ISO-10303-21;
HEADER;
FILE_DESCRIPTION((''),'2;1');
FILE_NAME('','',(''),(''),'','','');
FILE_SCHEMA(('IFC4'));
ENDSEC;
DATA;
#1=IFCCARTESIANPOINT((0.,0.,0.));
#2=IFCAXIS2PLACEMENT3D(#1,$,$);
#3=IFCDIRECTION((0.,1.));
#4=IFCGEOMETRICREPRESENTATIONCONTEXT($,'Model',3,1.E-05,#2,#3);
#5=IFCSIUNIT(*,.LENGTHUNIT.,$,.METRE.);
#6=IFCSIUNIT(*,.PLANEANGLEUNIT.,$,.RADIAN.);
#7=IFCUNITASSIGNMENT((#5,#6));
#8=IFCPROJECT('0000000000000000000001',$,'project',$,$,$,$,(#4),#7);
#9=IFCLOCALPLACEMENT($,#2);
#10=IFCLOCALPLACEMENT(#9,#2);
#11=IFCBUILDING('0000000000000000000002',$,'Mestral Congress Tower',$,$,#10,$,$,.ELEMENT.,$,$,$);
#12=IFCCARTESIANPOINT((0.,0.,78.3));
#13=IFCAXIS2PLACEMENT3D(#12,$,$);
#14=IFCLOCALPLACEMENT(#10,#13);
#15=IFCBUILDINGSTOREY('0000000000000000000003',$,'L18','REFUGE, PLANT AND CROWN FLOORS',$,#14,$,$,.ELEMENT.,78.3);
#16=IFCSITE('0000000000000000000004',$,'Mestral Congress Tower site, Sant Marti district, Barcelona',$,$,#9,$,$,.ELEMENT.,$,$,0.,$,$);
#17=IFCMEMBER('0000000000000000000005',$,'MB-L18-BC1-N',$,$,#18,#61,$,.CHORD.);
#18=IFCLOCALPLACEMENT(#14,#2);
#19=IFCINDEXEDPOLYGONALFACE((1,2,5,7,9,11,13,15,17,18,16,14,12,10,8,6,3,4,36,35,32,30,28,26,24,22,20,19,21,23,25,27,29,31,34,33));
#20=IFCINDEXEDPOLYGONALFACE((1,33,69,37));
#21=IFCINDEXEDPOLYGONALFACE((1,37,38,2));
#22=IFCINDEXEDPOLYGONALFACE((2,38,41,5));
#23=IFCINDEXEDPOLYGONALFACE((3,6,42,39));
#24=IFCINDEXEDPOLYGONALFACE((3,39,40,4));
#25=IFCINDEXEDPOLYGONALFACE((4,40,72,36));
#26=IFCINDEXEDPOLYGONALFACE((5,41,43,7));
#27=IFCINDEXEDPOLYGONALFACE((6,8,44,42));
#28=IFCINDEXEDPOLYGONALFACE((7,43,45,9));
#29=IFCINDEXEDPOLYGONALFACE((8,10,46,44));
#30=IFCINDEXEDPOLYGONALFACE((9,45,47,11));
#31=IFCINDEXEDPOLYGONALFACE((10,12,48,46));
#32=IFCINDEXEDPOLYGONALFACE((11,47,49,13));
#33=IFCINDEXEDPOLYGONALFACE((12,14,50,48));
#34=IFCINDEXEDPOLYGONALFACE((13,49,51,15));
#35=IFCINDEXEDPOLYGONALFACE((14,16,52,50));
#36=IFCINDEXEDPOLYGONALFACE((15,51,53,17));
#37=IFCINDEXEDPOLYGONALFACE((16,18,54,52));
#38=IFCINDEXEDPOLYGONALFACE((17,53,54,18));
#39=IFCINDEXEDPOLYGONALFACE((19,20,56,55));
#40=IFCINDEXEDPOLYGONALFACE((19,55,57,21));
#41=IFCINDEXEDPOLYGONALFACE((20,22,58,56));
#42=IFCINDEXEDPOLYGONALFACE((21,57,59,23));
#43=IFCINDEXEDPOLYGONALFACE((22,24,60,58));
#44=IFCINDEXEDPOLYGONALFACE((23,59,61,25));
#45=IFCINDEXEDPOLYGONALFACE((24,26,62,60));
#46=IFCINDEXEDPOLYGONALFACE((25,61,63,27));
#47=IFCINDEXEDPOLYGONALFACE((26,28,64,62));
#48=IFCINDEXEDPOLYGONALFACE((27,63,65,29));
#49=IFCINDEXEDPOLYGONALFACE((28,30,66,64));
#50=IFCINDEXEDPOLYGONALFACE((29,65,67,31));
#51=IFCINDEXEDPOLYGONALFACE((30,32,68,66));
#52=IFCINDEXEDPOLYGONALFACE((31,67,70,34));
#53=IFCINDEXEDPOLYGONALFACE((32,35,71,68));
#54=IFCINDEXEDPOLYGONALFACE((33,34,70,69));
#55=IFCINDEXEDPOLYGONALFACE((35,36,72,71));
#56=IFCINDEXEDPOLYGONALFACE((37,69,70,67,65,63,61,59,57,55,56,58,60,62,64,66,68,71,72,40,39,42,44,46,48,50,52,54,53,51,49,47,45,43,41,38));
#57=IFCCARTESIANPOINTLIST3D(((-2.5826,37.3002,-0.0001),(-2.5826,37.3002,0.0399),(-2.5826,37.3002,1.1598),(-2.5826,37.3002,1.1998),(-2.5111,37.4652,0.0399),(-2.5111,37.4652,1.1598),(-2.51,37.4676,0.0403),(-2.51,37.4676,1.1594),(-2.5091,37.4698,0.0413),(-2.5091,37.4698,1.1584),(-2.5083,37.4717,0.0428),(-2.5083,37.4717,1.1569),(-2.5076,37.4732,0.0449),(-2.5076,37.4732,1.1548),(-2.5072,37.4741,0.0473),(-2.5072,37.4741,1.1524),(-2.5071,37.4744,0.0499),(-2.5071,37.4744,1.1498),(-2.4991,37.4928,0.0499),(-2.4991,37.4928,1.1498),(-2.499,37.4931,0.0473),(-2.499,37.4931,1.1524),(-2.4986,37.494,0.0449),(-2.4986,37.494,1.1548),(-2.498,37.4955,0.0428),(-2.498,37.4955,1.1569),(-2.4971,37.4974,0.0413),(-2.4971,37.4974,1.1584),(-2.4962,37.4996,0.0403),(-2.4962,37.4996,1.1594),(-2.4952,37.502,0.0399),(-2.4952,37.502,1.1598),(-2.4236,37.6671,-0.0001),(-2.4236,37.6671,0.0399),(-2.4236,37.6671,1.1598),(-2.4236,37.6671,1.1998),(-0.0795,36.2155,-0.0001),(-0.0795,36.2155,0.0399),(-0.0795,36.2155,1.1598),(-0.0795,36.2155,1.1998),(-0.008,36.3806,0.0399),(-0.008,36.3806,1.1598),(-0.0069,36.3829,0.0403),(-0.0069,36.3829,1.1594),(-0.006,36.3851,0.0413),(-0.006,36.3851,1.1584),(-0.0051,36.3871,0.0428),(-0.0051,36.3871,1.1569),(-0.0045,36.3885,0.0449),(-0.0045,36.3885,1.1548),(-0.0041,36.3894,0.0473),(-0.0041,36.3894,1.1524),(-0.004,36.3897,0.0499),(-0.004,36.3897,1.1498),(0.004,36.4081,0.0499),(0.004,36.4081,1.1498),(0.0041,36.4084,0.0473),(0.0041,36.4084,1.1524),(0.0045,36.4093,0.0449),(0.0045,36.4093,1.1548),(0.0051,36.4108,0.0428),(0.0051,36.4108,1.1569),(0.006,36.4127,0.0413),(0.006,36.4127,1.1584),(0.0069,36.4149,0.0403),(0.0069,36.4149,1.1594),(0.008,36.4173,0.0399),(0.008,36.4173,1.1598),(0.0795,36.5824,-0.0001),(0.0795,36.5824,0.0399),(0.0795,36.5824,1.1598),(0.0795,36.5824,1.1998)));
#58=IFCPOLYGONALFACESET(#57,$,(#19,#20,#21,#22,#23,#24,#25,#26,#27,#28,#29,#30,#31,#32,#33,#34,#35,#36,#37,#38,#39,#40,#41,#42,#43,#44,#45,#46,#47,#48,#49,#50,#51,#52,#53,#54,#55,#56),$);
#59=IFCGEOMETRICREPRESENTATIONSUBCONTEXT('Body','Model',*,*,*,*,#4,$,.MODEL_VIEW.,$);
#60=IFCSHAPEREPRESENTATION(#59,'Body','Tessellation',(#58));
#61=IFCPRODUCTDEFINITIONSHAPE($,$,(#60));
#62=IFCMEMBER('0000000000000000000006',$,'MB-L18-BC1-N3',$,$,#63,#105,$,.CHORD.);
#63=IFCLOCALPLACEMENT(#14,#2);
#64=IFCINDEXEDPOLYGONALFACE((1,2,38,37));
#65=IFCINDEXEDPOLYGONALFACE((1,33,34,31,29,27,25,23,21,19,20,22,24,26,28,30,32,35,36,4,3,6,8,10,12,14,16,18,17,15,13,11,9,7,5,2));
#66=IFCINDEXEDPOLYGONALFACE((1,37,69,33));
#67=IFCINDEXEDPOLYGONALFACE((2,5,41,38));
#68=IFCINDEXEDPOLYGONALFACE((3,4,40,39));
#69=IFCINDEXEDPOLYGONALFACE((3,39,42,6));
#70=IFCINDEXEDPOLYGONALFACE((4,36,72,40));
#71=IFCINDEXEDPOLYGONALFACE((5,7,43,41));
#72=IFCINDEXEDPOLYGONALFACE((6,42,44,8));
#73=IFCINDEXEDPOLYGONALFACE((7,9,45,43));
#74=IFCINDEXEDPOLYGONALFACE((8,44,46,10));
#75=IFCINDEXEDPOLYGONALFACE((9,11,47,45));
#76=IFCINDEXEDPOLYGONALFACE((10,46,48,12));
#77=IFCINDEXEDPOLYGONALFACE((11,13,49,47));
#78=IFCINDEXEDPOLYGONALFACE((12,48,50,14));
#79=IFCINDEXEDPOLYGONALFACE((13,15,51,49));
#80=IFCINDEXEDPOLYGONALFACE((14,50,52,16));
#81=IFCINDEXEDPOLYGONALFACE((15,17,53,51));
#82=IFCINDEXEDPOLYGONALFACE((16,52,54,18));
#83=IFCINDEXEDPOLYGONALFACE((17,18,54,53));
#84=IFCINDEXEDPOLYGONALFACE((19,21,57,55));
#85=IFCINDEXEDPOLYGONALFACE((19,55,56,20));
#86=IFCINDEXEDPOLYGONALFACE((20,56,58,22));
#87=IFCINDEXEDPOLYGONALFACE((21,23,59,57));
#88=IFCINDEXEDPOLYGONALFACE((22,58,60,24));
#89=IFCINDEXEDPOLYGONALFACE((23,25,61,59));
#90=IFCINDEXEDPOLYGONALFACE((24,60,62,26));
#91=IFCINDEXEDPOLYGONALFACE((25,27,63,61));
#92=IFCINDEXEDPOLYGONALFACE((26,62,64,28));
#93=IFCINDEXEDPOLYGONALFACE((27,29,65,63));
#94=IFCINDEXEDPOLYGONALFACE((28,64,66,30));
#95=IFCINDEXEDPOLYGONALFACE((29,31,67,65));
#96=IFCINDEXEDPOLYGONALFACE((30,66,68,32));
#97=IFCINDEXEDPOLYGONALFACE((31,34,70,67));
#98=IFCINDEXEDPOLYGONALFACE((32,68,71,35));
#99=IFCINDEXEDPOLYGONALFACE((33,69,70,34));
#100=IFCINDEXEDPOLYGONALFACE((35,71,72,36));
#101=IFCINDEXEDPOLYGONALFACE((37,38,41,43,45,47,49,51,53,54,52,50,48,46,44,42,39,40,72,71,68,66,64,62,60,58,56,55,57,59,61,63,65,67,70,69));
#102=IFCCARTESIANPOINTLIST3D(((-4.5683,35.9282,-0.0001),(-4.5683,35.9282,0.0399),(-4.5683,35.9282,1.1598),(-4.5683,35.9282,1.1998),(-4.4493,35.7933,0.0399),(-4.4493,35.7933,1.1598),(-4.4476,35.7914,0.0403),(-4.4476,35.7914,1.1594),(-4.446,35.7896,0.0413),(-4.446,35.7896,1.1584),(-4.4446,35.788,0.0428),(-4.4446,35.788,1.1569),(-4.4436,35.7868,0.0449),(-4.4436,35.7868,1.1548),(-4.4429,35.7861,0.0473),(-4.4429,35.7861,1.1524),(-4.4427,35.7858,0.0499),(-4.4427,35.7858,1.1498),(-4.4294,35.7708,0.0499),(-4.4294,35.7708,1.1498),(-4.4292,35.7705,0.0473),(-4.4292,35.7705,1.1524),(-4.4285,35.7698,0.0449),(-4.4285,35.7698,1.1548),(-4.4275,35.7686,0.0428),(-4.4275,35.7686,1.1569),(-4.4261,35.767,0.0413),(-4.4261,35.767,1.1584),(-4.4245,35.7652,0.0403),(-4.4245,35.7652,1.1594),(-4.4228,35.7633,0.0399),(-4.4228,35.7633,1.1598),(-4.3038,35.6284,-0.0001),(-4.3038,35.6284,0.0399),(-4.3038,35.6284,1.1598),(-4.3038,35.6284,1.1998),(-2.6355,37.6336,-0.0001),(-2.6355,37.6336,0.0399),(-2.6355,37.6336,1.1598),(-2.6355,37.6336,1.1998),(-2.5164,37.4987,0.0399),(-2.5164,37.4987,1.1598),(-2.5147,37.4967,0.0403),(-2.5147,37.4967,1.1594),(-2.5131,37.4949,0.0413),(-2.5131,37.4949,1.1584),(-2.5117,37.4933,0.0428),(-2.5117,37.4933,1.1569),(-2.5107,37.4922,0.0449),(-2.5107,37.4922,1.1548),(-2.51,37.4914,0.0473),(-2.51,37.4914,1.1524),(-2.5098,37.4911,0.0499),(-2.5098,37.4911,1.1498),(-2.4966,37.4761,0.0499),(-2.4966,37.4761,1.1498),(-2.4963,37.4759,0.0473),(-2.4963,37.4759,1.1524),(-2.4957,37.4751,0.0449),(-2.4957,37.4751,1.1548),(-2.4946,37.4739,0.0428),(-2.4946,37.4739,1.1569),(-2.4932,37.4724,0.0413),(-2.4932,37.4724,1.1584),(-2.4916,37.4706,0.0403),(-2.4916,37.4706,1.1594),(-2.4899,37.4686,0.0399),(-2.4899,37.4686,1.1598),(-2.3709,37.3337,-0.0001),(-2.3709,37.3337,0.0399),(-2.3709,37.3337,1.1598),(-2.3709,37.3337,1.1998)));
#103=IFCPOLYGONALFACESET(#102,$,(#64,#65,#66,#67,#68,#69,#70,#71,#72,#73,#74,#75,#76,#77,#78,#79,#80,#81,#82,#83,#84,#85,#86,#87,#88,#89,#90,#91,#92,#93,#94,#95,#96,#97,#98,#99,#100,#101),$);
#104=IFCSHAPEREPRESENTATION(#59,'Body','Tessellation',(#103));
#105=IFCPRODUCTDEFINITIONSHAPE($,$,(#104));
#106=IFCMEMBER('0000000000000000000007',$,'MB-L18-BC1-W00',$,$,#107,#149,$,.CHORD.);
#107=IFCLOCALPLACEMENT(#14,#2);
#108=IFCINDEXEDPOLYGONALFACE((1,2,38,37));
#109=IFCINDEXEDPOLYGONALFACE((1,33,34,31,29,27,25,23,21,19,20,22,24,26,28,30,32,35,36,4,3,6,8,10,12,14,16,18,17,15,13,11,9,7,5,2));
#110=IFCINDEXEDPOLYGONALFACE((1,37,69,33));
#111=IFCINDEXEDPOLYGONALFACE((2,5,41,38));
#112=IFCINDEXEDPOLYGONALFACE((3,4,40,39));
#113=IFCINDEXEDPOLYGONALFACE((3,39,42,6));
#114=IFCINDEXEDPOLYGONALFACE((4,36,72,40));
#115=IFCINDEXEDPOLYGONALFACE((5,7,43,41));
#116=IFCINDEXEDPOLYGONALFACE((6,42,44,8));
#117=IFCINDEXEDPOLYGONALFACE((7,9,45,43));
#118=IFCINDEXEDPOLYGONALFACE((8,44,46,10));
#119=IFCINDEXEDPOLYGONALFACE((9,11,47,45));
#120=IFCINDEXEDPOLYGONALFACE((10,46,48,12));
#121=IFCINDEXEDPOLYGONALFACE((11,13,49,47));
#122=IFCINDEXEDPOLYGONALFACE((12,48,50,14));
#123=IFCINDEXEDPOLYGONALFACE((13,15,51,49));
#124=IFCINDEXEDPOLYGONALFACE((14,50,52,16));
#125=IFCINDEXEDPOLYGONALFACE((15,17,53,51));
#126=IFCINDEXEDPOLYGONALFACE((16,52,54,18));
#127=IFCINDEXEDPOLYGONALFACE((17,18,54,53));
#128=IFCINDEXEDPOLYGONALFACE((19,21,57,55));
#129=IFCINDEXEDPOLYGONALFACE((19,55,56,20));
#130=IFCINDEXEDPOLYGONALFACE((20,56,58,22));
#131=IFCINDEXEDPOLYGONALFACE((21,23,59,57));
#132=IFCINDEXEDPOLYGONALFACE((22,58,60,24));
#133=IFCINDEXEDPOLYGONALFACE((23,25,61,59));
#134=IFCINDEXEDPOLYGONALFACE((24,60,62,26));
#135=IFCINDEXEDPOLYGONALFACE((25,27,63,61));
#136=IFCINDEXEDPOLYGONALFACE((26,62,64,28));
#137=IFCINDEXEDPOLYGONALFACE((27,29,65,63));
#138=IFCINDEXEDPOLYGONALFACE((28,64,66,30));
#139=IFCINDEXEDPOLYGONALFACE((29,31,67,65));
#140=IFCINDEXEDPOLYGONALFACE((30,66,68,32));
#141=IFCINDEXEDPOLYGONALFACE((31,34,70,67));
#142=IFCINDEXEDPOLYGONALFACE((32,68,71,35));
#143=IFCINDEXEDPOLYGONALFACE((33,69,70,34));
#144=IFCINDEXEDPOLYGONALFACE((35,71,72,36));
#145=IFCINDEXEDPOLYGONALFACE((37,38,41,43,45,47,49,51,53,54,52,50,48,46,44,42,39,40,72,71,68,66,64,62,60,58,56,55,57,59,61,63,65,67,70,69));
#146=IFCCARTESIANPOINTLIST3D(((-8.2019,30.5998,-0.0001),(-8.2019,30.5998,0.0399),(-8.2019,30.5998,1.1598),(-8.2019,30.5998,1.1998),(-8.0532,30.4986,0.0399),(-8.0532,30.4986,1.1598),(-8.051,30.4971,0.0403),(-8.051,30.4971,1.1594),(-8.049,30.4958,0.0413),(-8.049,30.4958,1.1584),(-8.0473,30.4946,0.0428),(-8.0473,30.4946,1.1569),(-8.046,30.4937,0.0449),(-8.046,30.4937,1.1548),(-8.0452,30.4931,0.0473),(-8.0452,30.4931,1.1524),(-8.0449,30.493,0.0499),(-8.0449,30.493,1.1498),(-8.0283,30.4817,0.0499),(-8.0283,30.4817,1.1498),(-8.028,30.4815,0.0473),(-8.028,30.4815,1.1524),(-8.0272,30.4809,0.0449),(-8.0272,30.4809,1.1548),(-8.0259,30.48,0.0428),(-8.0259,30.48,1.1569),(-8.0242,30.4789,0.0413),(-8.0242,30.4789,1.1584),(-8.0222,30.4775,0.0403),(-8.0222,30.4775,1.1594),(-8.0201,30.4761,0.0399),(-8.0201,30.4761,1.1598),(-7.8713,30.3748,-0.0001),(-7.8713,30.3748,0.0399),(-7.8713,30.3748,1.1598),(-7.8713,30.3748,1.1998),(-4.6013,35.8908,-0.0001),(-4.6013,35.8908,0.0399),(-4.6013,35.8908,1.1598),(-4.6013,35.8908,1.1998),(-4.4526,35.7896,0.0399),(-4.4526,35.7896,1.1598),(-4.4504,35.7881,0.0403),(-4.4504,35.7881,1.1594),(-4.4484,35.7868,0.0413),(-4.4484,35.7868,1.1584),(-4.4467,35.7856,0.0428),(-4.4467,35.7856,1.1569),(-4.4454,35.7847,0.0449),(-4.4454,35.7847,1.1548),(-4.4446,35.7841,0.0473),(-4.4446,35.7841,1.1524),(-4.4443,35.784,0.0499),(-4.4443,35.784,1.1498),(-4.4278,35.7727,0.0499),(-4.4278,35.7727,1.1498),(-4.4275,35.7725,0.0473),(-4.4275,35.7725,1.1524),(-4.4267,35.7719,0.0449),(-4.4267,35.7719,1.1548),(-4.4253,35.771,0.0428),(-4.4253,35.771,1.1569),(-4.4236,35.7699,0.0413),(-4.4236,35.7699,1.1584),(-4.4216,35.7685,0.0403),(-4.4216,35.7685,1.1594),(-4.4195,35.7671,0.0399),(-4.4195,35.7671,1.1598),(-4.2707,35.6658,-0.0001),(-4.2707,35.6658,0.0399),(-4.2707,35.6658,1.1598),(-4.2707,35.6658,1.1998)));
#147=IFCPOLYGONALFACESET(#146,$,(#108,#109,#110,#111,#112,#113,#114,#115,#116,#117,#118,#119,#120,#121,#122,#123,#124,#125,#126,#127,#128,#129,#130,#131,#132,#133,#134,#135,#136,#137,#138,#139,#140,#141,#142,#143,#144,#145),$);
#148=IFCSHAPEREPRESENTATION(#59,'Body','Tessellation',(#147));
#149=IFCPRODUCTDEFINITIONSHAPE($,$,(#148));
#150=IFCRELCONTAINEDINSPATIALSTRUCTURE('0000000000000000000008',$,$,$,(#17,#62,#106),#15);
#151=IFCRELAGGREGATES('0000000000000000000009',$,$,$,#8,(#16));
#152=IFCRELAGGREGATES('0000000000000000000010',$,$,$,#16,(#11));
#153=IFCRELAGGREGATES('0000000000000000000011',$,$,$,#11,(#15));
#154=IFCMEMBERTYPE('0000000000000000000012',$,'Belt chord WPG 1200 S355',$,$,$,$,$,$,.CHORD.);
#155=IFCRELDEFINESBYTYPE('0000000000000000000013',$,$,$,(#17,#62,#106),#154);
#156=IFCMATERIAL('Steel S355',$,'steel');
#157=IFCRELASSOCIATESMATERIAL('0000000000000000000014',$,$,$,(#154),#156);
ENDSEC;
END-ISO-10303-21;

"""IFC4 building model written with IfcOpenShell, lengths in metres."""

from ifc_helpers import new_model, si_unit, direction, frame, origin, origin_2d, place, context, subcontext, project, spatial, i_section, extrude, material, material_profile, profile_set, type_object, element, save


model = new_model("IFC4")

# Units and contexts
model_context = context("Model", 3, precision=1e-05, world=origin(), true_north=direction((0.0, 1.0)))
body_context = subcontext(model_context, "Body", "Model", "MODEL_VIEW")
ifc_project = project(units=[si_unit("LENGTHUNIT", "METRE"), si_unit("PLANEANGLEUNIT", "RADIAN")], contexts=[model_context])

# Site, building, storey
site_placement = place(None, origin())
site = spatial("IfcSite", under=ifc_project, at=site_placement, Name="Mestral Congress Tower site, Sant Marti district, Barcelona", CompositionType="ELEMENT", RefElevation=0.0)
building_placement = place(site_placement, origin())
building = spatial("IfcBuilding", under=site, at=building_placement, Name="Mestral Congress Tower", CompositionType="ELEMENT")
storey_placement = place(building_placement, frame((0.0, 0.0, 78.3)))
storey = spatial("IfcBuildingStorey", under=building, at=storey_placement, Name="L18", Description="REFUGE, PLANT AND CROWN FLOORS", CompositionType="ELEMENT", Elevation=78.3)

# Members
ifc_material_1 = material(Name="Steel S355", Category="steel")
ifc_material_profile_1 = material_profile(ifc_material_1, i_section(OverallWidth=0.3999, OverallDepth=1.2, WebThickness=0.02, FlangeThickness=0.04, FilletRadius=0.01, at=origin_2d()), Name="WPG 1200")
ifc_profile_set_1 = profile_set([ifc_material_profile_1], Name="Steel S355")
member_type_1 = type_object("IfcMemberType", Name="Belt chord WPG 1200 S355", PredefinedType="CHORD", material=ifc_profile_set_1)
member_1_placement = place(storey_placement, frame((0.0, 36.3989, 0.5999), z_axis=(-0.917555, 0.39761, 0.0), x_axis=(-0.39761, -0.917555, 0.0)))
element("IfcMember", 1, at=member_1_placement, inside=storey, type_object=member_type_1, Name="MB-L18-BC1-N", PredefinedType="CHORD", context=body_context, shape_type="SweptSolid", body=[
    extrude(i_section(OverallWidth=0.3999, OverallDepth=1.2, WebThickness=0.02, FlangeThickness=0.04, FilletRadius=0.01, at=origin_2d()), origin(), (0.0, 0.0, 1.0), 2.728),
])
member_2_placement = place(storey_placement, frame((-2.5032, 37.4836, 0.5999), z_axis=(-0.749865, -0.66159, 0.0), x_axis=(0.66159, -0.749865, 0.0)))
element("IfcMember", 2, at=member_2_placement, inside=storey, type_object=member_type_1, Name="MB-L18-BC1-N3", PredefinedType="CHORD", context=body_context, shape_type="SweptSolid", body=[
    extrude(i_section(OverallWidth=0.3999, OverallDepth=1.2, WebThickness=0.02, FlangeThickness=0.04, FilletRadius=0.01, at=origin_2d()), origin(), (0.0, 0.0, 1.0), 2.5776),
])
member_3_placement = place(storey_placement, frame((-4.436, 35.7783, 0.5999), z_axis=(-0.562598, -0.826731, 0.0), x_axis=(0.826731, -0.562598, 0.0)))
element("IfcMember", 3, at=member_3_placement, inside=storey, type_object=member_type_1, Name="MB-L18-BC1-W00", PredefinedType="CHORD", context=body_context, shape_type="SweptSolid", body=[
    extrude(i_section(OverallWidth=0.3999, OverallDepth=1.2, WebThickness=0.02, FlangeThickness=0.04, FilletRadius=0.01, at=origin_2d()), origin(), (0.0, 0.0, 1.0), 6.3999),
])

save(model, "model.ifc")
